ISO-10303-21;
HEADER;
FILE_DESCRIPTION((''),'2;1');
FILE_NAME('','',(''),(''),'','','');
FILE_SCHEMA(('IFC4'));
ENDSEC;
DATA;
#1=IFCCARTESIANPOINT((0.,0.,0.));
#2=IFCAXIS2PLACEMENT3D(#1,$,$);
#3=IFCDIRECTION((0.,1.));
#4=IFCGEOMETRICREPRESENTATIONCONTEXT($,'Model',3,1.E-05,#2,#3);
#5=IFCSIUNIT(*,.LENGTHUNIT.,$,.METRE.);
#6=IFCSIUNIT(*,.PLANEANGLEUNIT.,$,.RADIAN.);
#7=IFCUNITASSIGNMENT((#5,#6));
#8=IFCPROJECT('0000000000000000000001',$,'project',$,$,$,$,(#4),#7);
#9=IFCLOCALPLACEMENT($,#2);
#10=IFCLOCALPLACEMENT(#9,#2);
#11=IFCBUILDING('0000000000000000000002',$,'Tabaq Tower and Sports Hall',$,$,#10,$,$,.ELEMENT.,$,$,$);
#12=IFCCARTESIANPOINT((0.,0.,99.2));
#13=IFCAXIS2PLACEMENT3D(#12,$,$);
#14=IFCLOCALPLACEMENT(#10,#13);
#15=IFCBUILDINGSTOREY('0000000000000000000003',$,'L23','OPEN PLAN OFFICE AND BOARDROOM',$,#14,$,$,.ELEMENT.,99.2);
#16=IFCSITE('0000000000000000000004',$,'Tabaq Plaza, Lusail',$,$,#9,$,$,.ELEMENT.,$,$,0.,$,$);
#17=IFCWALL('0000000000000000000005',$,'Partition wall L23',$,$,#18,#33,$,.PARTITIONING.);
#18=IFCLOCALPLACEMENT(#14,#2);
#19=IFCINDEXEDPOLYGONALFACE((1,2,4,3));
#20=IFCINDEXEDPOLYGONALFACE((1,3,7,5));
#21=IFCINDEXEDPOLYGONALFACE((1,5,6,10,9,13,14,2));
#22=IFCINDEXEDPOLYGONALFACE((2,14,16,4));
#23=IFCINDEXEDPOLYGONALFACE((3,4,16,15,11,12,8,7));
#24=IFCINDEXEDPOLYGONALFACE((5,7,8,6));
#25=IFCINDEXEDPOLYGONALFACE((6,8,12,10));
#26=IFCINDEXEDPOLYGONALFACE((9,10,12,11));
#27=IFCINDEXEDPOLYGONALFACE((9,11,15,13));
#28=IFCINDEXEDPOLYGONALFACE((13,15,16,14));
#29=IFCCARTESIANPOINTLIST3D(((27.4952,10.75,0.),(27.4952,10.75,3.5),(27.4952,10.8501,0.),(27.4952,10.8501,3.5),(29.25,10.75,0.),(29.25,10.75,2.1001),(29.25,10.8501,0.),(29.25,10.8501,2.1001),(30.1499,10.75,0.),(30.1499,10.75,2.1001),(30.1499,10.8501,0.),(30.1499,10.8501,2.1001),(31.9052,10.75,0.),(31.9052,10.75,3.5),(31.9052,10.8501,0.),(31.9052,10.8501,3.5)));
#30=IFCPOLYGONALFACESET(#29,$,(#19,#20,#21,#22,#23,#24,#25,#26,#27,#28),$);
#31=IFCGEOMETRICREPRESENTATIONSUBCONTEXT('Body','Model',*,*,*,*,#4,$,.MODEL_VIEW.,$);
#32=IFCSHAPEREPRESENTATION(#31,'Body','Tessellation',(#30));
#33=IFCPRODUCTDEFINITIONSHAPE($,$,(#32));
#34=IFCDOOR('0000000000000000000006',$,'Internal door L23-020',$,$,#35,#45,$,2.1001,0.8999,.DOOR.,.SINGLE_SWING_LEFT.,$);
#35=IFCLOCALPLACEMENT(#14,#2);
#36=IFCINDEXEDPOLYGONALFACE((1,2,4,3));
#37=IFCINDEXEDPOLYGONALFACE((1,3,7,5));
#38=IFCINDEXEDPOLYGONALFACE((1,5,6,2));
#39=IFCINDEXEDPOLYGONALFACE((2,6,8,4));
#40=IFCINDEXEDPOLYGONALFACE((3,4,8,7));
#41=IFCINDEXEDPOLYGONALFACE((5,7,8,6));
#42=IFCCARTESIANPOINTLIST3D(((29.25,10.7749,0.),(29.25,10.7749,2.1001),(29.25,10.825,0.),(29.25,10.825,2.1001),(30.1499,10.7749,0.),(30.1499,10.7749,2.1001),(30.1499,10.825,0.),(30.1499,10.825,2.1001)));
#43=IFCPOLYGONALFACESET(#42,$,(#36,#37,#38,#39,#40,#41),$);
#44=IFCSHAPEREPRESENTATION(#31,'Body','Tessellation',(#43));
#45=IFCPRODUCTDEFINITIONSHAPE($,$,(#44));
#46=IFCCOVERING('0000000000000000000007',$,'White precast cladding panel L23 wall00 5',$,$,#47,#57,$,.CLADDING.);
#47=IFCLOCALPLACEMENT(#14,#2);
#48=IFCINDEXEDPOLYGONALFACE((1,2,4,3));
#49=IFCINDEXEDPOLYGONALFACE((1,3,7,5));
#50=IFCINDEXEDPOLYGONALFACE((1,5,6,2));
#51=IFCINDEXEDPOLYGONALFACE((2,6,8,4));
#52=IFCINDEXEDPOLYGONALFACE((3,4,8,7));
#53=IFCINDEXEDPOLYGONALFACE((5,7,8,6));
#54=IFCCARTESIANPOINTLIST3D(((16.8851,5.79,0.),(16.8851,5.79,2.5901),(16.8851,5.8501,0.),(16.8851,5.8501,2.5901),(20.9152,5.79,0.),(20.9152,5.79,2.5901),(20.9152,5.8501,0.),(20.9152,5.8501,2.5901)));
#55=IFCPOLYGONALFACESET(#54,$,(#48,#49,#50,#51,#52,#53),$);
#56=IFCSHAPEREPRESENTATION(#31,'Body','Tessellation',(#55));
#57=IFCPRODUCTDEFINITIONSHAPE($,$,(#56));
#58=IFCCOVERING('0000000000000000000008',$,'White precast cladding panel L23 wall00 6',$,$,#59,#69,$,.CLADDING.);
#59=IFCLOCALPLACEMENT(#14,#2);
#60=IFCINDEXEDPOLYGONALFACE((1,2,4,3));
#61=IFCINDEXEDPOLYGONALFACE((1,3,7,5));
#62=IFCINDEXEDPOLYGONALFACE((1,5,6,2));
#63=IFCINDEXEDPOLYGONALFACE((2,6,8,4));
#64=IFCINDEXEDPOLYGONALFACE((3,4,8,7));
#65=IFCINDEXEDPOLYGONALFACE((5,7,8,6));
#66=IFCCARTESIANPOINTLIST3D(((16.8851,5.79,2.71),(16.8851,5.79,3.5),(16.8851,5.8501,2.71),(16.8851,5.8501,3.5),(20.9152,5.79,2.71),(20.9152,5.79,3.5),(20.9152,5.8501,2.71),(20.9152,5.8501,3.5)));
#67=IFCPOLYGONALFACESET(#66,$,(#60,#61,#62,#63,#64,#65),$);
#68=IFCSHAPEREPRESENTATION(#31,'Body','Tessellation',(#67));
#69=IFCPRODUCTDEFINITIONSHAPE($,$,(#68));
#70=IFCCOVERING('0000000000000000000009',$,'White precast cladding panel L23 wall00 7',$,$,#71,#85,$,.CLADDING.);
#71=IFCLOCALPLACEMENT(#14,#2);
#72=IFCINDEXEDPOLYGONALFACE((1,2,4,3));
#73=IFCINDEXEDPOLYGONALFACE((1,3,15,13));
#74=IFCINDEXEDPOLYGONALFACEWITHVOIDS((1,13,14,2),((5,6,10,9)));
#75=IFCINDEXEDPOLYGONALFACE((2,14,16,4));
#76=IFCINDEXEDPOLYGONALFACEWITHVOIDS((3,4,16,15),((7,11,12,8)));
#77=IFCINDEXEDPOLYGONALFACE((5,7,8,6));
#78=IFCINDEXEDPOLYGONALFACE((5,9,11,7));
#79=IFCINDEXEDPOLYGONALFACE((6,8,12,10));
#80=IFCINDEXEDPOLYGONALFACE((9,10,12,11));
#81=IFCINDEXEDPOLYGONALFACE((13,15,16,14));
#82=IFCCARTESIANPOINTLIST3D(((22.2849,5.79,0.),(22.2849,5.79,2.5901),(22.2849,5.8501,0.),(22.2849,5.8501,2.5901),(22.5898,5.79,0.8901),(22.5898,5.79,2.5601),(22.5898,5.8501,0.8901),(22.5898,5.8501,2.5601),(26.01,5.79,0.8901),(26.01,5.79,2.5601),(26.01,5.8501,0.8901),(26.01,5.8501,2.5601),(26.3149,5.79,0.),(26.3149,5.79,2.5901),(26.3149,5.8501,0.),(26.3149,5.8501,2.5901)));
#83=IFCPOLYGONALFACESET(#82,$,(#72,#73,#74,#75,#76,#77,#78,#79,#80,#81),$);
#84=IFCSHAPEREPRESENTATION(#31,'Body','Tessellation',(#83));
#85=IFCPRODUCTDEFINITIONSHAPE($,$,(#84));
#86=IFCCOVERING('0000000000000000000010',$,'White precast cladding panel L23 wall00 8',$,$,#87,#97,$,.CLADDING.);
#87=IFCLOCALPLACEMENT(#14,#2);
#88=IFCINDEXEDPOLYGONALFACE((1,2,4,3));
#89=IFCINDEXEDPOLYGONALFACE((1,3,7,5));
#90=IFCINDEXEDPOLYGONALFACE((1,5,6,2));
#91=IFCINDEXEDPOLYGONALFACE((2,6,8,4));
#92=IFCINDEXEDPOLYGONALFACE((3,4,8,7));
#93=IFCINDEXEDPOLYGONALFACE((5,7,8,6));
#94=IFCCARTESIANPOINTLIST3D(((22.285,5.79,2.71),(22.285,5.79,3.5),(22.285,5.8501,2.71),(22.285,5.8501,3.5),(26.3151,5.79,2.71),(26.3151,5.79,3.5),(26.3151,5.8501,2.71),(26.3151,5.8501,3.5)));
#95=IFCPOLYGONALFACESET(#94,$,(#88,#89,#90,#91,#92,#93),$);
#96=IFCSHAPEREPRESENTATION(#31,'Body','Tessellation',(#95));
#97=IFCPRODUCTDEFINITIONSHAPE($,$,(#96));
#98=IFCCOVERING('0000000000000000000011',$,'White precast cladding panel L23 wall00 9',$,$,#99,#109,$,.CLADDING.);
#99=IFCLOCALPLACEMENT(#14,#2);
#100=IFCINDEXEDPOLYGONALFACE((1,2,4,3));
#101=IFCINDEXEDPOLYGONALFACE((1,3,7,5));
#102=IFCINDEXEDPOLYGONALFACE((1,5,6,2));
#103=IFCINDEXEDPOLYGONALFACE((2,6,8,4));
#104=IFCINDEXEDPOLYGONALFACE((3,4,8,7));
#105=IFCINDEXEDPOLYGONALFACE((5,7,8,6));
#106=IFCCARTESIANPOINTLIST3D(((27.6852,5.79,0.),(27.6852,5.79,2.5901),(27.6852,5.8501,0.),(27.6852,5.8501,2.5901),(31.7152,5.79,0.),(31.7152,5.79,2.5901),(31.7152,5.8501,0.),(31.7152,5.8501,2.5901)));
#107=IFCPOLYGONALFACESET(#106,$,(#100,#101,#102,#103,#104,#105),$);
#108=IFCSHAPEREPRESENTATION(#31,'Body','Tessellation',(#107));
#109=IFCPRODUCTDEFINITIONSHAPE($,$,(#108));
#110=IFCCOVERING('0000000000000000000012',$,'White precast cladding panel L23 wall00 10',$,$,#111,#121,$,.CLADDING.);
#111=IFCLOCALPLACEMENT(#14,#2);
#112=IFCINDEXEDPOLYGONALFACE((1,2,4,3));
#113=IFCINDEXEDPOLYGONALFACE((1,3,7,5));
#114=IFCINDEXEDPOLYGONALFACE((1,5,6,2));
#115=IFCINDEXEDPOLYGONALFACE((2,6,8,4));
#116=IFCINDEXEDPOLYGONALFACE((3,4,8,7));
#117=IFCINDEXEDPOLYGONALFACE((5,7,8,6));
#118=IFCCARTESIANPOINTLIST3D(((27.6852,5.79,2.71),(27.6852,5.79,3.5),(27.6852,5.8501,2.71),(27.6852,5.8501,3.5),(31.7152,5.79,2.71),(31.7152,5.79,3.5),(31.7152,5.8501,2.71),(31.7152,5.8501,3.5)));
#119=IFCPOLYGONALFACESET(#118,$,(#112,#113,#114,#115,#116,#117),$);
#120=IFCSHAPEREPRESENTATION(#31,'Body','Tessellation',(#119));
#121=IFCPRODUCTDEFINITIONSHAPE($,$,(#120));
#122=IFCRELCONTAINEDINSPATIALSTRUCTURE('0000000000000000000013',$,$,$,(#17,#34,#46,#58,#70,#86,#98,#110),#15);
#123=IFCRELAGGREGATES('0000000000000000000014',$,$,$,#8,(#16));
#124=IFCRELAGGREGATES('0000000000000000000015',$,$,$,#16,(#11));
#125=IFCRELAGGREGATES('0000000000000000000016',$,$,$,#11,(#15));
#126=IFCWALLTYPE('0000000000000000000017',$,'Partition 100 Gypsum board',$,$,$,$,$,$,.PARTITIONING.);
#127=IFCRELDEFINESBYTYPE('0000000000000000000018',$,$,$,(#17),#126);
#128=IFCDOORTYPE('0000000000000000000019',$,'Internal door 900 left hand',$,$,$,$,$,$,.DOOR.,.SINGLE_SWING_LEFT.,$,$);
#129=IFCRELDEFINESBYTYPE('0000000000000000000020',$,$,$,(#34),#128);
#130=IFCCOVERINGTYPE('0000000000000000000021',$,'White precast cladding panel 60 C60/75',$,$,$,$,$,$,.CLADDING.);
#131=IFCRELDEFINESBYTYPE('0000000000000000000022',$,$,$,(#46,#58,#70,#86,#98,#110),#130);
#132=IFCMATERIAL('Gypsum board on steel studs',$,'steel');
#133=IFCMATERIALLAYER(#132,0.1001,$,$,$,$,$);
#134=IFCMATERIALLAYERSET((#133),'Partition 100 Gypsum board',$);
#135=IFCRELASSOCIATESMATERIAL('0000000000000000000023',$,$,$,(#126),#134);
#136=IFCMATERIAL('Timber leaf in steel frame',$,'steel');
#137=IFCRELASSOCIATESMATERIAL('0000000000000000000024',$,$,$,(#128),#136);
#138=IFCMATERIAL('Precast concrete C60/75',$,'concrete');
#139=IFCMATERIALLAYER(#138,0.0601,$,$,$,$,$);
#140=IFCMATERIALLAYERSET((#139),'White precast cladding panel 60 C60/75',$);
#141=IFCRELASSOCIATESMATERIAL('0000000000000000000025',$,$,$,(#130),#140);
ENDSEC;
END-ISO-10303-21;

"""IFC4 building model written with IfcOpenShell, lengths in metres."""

from ifc_helpers import new_model, si_unit, direction, frame, frame_2d, origin, place, context, subcontext, project, spatial, polyline, rectangle, outline, extrude, material, layer, layer_set, type_object, element, fill, save


model = new_model("IFC4")

# Units and contexts
model_context = context("Model", 3, precision=1e-05, world=origin(), true_north=direction((0.0, 1.0)))
body_context = subcontext(model_context, "Body", "Model", "MODEL_VIEW")
ifc_project = project(units=[si_unit("LENGTHUNIT", "METRE"), si_unit("PLANEANGLEUNIT", "RADIAN")], contexts=[model_context])

# Site, building, storey
site_placement = place(None, origin())
site = spatial("IfcSite", under=ifc_project, at=site_placement, Name="Tabaq Plaza, Lusail", CompositionType="ELEMENT", RefElevation=0.0)
building_placement = place(site_placement, origin())
building = spatial("IfcBuilding", under=site, at=building_placement, Name="Tabaq Tower and Sports Hall", CompositionType="ELEMENT")
storey_placement = place(building_placement, frame((0.0, 0.0, 99.2)))
storey = spatial("IfcBuildingStorey", under=building, at=storey_placement, Name="L23", Description="OPEN PLAN OFFICE AND BOARDROOM", CompositionType="ELEMENT", Elevation=99.2)

# Shared definitions
ifc_material_1 = material(Name="Gypsum board on steel studs", Category="steel")
ifc_layer_1 = layer(ifc_material_1, 0.1001)
ifc_layer_set_1 = layer_set([ifc_layer_1], Name="Partition 100 Gypsum board")
wall_type = type_object("IfcWallType", Name="Partition 100 Gypsum board", PredefinedType="PARTITIONING", material=ifc_layer_set_1)

# Wall, opening, door
wall_1_placement = place(storey_placement, frame((27.4951, 10.8, 0.0), z_axis=(0.0, 0.0, 1.0), x_axis=(1.0, 0.0, 0.0)))
wall_1 = element("IfcWall", 1, at=wall_1_placement, inside=storey, type_object=wall_type, Name="Partition wall L23", PredefinedType="PARTITIONING", context=body_context, shape_type="SweptSolid", body=[
    extrude(rectangle(XDim=4.4099, YDim=0.1001, at=frame_2d((2.2051, 0.0))), origin(), (0.0, 0.0, 1.0), 3.5),
])
opening_1_placement = place(wall_1_placement, frame((1.7549, 0.0, 0.0)))
opening_1 = element("IfcOpeningElement", 2, at=opening_1_placement, cuts=wall_1, PredefinedType="OPENING", context=body_context, shape_type="SweptSolid", body=[
    extrude(rectangle(XDim=0.8999, YDim=2.1001, at=frame_2d((0.45, 1.05))), frame((0.0, 0.05, 0.0), z_axis=(0.0, -1.0, 0.0), x_axis=(1.0, 0.0, 0.0)), (0.0, 0.0, 1.0), 0.1001),
])
ifc_material_2 = material(Name="Timber leaf in steel frame", Category="steel")
door_type_1 = type_object("IfcDoorType", Name="Internal door 900 left hand", OperationType="SINGLE_SWING_LEFT", PredefinedType="DOOR", material=ifc_material_2)
door_1_placement = place(opening_1_placement, origin())
door_1 = element("IfcDoor", 3, at=door_1_placement, inside=storey, type_object=door_type_1, Name="Internal door L23-020", OperationType="SINGLE_SWING_LEFT", OverallHeight=2.1001, OverallWidth=0.8999, PredefinedType="DOOR", context=body_context, shape_type="SweptSolid", body=[
    extrude(rectangle(XDim=0.8999, YDim=2.1001, at=frame_2d((0.45, 1.05))), frame((0.0, 0.0249, 0.0), z_axis=(0.0, -1.0, 0.0), x_axis=(1.0, 0.0, 0.0)), (0.0, 0.0, 1.0), 0.05),
])
fill(opening_1, door_1)

# Coverings
ifc_material_3 = material(Name="Precast concrete C60/75", Category="concrete")
ifc_layer_2 = layer(ifc_material_3, 0.0601)
ifc_layer_set_2 = layer_set([ifc_layer_2], Name="White precast cladding panel 60 C60/75")
covering_type = type_object("IfcCoveringType", Name="White precast cladding panel 60 C60/75", PredefinedType="CLADDING", material=ifc_layer_set_2)
covering_1_placement = place(storey_placement, frame((16.885, 5.8201, 0.0), z_axis=(0.0, 0.0, 1.0), x_axis=(1.0, 0.0, 0.0)))
element("IfcCovering", 4, at=covering_1_placement, inside=storey, type_object=covering_type, Name="White precast cladding panel L23 wall00 5", PredefinedType="CLADDING", context=body_context, shape_type="SweptSolid", body=[
    extrude(rectangle(XDim=4.03, YDim=0.0601, at=frame_2d((2.0151, 0.0))), origin(), (0.0, 0.0, 1.0), 2.5901),
])
covering_2_placement = place(storey_placement, frame((16.885, 5.8201, 2.71), z_axis=(0.0, 0.0, 1.0), x_axis=(1.0, 0.0, 0.0)))
element("IfcCovering", 5, at=covering_2_placement, inside=storey, type_object=covering_type, Name="White precast cladding panel L23 wall00 6", PredefinedType="CLADDING", context=body_context, shape_type="SweptSolid", body=[
    extrude(rectangle(XDim=4.03, YDim=0.0601, at=frame_2d((2.0151, 0.0))), origin(), (0.0, 0.0, 1.0), 0.79),
])
covering_3_placement = place(storey_placement, frame((22.2849, 5.8201, 0.0), z_axis=(0.0, 0.0, 1.0), x_axis=(1.0, 0.0, 0.0)))
element("IfcCovering", 6, at=covering_3_placement, inside=storey, type_object=covering_type, Name="White precast cladding panel L23 wall00 7", PredefinedType="CLADDING", context=body_context, shape_type="SweptSolid", body=[
    extrude(outline(polyline([(0.0, 0.0), (4.03, 0.0), (4.03, 2.5901), (0.0, 2.5901), (0.0, 0.0)]), holes=[polyline([(3.7251, 0.8901), (0.3049, 0.8901), (0.3049, 2.5601), (3.7251, 2.5601), (3.7251, 0.8901)])]), frame((0.0, 0.03, 0.0), z_axis=(0.0, -1.0, 0.0), x_axis=(1.0, 0.0, 0.0)), (0.0, 0.0, 1.0), 0.0601),
])
covering_4_placement = place(storey_placement, frame((22.2849, 5.8201, 2.71), z_axis=(0.0, 0.0, 1.0), x_axis=(1.0, 0.0, 0.0)))
element("IfcCovering", 7, at=covering_4_placement, inside=storey, type_object=covering_type, Name="White precast cladding panel L23 wall00 8", PredefinedType="CLADDING", context=body_context, shape_type="SweptSolid", body=[
    extrude(rectangle(XDim=4.03, YDim=0.0601, at=frame_2d((2.0151, 0.0))), origin(), (0.0, 0.0, 1.0), 0.79),
])
covering_5_placement = place(storey_placement, frame((27.6851, 5.8201, 0.0), z_axis=(0.0, 0.0, 1.0), x_axis=(1.0, 0.0, 0.0)))
element("IfcCovering", 8, at=covering_5_placement, inside=storey, type_object=covering_type, Name="White precast cladding panel L23 wall00 9", PredefinedType="CLADDING", context=body_context, shape_type="SweptSolid", body=[
    extrude(rectangle(XDim=4.03, YDim=0.0601, at=frame_2d((2.0151, 0.0))), origin(), (0.0, 0.0, 1.0), 2.5901),
])
covering_6_placement = place(storey_placement, frame((27.6851, 5.8201, 2.71), z_axis=(0.0, 0.0, 1.0), x_axis=(1.0, 0.0, 0.0)))
element("IfcCovering", 9, at=covering_6_placement, inside=storey, type_object=covering_type, Name="White precast cladding panel L23 wall00 10", PredefinedType="CLADDING", context=body_context, shape_type="SweptSolid", body=[
    extrude(rectangle(XDim=4.03, YDim=0.0601, at=frame_2d((2.0151, 0.0))), origin(), (0.0, 0.0, 1.0), 0.79),
])

save(model, "model.ifc")
